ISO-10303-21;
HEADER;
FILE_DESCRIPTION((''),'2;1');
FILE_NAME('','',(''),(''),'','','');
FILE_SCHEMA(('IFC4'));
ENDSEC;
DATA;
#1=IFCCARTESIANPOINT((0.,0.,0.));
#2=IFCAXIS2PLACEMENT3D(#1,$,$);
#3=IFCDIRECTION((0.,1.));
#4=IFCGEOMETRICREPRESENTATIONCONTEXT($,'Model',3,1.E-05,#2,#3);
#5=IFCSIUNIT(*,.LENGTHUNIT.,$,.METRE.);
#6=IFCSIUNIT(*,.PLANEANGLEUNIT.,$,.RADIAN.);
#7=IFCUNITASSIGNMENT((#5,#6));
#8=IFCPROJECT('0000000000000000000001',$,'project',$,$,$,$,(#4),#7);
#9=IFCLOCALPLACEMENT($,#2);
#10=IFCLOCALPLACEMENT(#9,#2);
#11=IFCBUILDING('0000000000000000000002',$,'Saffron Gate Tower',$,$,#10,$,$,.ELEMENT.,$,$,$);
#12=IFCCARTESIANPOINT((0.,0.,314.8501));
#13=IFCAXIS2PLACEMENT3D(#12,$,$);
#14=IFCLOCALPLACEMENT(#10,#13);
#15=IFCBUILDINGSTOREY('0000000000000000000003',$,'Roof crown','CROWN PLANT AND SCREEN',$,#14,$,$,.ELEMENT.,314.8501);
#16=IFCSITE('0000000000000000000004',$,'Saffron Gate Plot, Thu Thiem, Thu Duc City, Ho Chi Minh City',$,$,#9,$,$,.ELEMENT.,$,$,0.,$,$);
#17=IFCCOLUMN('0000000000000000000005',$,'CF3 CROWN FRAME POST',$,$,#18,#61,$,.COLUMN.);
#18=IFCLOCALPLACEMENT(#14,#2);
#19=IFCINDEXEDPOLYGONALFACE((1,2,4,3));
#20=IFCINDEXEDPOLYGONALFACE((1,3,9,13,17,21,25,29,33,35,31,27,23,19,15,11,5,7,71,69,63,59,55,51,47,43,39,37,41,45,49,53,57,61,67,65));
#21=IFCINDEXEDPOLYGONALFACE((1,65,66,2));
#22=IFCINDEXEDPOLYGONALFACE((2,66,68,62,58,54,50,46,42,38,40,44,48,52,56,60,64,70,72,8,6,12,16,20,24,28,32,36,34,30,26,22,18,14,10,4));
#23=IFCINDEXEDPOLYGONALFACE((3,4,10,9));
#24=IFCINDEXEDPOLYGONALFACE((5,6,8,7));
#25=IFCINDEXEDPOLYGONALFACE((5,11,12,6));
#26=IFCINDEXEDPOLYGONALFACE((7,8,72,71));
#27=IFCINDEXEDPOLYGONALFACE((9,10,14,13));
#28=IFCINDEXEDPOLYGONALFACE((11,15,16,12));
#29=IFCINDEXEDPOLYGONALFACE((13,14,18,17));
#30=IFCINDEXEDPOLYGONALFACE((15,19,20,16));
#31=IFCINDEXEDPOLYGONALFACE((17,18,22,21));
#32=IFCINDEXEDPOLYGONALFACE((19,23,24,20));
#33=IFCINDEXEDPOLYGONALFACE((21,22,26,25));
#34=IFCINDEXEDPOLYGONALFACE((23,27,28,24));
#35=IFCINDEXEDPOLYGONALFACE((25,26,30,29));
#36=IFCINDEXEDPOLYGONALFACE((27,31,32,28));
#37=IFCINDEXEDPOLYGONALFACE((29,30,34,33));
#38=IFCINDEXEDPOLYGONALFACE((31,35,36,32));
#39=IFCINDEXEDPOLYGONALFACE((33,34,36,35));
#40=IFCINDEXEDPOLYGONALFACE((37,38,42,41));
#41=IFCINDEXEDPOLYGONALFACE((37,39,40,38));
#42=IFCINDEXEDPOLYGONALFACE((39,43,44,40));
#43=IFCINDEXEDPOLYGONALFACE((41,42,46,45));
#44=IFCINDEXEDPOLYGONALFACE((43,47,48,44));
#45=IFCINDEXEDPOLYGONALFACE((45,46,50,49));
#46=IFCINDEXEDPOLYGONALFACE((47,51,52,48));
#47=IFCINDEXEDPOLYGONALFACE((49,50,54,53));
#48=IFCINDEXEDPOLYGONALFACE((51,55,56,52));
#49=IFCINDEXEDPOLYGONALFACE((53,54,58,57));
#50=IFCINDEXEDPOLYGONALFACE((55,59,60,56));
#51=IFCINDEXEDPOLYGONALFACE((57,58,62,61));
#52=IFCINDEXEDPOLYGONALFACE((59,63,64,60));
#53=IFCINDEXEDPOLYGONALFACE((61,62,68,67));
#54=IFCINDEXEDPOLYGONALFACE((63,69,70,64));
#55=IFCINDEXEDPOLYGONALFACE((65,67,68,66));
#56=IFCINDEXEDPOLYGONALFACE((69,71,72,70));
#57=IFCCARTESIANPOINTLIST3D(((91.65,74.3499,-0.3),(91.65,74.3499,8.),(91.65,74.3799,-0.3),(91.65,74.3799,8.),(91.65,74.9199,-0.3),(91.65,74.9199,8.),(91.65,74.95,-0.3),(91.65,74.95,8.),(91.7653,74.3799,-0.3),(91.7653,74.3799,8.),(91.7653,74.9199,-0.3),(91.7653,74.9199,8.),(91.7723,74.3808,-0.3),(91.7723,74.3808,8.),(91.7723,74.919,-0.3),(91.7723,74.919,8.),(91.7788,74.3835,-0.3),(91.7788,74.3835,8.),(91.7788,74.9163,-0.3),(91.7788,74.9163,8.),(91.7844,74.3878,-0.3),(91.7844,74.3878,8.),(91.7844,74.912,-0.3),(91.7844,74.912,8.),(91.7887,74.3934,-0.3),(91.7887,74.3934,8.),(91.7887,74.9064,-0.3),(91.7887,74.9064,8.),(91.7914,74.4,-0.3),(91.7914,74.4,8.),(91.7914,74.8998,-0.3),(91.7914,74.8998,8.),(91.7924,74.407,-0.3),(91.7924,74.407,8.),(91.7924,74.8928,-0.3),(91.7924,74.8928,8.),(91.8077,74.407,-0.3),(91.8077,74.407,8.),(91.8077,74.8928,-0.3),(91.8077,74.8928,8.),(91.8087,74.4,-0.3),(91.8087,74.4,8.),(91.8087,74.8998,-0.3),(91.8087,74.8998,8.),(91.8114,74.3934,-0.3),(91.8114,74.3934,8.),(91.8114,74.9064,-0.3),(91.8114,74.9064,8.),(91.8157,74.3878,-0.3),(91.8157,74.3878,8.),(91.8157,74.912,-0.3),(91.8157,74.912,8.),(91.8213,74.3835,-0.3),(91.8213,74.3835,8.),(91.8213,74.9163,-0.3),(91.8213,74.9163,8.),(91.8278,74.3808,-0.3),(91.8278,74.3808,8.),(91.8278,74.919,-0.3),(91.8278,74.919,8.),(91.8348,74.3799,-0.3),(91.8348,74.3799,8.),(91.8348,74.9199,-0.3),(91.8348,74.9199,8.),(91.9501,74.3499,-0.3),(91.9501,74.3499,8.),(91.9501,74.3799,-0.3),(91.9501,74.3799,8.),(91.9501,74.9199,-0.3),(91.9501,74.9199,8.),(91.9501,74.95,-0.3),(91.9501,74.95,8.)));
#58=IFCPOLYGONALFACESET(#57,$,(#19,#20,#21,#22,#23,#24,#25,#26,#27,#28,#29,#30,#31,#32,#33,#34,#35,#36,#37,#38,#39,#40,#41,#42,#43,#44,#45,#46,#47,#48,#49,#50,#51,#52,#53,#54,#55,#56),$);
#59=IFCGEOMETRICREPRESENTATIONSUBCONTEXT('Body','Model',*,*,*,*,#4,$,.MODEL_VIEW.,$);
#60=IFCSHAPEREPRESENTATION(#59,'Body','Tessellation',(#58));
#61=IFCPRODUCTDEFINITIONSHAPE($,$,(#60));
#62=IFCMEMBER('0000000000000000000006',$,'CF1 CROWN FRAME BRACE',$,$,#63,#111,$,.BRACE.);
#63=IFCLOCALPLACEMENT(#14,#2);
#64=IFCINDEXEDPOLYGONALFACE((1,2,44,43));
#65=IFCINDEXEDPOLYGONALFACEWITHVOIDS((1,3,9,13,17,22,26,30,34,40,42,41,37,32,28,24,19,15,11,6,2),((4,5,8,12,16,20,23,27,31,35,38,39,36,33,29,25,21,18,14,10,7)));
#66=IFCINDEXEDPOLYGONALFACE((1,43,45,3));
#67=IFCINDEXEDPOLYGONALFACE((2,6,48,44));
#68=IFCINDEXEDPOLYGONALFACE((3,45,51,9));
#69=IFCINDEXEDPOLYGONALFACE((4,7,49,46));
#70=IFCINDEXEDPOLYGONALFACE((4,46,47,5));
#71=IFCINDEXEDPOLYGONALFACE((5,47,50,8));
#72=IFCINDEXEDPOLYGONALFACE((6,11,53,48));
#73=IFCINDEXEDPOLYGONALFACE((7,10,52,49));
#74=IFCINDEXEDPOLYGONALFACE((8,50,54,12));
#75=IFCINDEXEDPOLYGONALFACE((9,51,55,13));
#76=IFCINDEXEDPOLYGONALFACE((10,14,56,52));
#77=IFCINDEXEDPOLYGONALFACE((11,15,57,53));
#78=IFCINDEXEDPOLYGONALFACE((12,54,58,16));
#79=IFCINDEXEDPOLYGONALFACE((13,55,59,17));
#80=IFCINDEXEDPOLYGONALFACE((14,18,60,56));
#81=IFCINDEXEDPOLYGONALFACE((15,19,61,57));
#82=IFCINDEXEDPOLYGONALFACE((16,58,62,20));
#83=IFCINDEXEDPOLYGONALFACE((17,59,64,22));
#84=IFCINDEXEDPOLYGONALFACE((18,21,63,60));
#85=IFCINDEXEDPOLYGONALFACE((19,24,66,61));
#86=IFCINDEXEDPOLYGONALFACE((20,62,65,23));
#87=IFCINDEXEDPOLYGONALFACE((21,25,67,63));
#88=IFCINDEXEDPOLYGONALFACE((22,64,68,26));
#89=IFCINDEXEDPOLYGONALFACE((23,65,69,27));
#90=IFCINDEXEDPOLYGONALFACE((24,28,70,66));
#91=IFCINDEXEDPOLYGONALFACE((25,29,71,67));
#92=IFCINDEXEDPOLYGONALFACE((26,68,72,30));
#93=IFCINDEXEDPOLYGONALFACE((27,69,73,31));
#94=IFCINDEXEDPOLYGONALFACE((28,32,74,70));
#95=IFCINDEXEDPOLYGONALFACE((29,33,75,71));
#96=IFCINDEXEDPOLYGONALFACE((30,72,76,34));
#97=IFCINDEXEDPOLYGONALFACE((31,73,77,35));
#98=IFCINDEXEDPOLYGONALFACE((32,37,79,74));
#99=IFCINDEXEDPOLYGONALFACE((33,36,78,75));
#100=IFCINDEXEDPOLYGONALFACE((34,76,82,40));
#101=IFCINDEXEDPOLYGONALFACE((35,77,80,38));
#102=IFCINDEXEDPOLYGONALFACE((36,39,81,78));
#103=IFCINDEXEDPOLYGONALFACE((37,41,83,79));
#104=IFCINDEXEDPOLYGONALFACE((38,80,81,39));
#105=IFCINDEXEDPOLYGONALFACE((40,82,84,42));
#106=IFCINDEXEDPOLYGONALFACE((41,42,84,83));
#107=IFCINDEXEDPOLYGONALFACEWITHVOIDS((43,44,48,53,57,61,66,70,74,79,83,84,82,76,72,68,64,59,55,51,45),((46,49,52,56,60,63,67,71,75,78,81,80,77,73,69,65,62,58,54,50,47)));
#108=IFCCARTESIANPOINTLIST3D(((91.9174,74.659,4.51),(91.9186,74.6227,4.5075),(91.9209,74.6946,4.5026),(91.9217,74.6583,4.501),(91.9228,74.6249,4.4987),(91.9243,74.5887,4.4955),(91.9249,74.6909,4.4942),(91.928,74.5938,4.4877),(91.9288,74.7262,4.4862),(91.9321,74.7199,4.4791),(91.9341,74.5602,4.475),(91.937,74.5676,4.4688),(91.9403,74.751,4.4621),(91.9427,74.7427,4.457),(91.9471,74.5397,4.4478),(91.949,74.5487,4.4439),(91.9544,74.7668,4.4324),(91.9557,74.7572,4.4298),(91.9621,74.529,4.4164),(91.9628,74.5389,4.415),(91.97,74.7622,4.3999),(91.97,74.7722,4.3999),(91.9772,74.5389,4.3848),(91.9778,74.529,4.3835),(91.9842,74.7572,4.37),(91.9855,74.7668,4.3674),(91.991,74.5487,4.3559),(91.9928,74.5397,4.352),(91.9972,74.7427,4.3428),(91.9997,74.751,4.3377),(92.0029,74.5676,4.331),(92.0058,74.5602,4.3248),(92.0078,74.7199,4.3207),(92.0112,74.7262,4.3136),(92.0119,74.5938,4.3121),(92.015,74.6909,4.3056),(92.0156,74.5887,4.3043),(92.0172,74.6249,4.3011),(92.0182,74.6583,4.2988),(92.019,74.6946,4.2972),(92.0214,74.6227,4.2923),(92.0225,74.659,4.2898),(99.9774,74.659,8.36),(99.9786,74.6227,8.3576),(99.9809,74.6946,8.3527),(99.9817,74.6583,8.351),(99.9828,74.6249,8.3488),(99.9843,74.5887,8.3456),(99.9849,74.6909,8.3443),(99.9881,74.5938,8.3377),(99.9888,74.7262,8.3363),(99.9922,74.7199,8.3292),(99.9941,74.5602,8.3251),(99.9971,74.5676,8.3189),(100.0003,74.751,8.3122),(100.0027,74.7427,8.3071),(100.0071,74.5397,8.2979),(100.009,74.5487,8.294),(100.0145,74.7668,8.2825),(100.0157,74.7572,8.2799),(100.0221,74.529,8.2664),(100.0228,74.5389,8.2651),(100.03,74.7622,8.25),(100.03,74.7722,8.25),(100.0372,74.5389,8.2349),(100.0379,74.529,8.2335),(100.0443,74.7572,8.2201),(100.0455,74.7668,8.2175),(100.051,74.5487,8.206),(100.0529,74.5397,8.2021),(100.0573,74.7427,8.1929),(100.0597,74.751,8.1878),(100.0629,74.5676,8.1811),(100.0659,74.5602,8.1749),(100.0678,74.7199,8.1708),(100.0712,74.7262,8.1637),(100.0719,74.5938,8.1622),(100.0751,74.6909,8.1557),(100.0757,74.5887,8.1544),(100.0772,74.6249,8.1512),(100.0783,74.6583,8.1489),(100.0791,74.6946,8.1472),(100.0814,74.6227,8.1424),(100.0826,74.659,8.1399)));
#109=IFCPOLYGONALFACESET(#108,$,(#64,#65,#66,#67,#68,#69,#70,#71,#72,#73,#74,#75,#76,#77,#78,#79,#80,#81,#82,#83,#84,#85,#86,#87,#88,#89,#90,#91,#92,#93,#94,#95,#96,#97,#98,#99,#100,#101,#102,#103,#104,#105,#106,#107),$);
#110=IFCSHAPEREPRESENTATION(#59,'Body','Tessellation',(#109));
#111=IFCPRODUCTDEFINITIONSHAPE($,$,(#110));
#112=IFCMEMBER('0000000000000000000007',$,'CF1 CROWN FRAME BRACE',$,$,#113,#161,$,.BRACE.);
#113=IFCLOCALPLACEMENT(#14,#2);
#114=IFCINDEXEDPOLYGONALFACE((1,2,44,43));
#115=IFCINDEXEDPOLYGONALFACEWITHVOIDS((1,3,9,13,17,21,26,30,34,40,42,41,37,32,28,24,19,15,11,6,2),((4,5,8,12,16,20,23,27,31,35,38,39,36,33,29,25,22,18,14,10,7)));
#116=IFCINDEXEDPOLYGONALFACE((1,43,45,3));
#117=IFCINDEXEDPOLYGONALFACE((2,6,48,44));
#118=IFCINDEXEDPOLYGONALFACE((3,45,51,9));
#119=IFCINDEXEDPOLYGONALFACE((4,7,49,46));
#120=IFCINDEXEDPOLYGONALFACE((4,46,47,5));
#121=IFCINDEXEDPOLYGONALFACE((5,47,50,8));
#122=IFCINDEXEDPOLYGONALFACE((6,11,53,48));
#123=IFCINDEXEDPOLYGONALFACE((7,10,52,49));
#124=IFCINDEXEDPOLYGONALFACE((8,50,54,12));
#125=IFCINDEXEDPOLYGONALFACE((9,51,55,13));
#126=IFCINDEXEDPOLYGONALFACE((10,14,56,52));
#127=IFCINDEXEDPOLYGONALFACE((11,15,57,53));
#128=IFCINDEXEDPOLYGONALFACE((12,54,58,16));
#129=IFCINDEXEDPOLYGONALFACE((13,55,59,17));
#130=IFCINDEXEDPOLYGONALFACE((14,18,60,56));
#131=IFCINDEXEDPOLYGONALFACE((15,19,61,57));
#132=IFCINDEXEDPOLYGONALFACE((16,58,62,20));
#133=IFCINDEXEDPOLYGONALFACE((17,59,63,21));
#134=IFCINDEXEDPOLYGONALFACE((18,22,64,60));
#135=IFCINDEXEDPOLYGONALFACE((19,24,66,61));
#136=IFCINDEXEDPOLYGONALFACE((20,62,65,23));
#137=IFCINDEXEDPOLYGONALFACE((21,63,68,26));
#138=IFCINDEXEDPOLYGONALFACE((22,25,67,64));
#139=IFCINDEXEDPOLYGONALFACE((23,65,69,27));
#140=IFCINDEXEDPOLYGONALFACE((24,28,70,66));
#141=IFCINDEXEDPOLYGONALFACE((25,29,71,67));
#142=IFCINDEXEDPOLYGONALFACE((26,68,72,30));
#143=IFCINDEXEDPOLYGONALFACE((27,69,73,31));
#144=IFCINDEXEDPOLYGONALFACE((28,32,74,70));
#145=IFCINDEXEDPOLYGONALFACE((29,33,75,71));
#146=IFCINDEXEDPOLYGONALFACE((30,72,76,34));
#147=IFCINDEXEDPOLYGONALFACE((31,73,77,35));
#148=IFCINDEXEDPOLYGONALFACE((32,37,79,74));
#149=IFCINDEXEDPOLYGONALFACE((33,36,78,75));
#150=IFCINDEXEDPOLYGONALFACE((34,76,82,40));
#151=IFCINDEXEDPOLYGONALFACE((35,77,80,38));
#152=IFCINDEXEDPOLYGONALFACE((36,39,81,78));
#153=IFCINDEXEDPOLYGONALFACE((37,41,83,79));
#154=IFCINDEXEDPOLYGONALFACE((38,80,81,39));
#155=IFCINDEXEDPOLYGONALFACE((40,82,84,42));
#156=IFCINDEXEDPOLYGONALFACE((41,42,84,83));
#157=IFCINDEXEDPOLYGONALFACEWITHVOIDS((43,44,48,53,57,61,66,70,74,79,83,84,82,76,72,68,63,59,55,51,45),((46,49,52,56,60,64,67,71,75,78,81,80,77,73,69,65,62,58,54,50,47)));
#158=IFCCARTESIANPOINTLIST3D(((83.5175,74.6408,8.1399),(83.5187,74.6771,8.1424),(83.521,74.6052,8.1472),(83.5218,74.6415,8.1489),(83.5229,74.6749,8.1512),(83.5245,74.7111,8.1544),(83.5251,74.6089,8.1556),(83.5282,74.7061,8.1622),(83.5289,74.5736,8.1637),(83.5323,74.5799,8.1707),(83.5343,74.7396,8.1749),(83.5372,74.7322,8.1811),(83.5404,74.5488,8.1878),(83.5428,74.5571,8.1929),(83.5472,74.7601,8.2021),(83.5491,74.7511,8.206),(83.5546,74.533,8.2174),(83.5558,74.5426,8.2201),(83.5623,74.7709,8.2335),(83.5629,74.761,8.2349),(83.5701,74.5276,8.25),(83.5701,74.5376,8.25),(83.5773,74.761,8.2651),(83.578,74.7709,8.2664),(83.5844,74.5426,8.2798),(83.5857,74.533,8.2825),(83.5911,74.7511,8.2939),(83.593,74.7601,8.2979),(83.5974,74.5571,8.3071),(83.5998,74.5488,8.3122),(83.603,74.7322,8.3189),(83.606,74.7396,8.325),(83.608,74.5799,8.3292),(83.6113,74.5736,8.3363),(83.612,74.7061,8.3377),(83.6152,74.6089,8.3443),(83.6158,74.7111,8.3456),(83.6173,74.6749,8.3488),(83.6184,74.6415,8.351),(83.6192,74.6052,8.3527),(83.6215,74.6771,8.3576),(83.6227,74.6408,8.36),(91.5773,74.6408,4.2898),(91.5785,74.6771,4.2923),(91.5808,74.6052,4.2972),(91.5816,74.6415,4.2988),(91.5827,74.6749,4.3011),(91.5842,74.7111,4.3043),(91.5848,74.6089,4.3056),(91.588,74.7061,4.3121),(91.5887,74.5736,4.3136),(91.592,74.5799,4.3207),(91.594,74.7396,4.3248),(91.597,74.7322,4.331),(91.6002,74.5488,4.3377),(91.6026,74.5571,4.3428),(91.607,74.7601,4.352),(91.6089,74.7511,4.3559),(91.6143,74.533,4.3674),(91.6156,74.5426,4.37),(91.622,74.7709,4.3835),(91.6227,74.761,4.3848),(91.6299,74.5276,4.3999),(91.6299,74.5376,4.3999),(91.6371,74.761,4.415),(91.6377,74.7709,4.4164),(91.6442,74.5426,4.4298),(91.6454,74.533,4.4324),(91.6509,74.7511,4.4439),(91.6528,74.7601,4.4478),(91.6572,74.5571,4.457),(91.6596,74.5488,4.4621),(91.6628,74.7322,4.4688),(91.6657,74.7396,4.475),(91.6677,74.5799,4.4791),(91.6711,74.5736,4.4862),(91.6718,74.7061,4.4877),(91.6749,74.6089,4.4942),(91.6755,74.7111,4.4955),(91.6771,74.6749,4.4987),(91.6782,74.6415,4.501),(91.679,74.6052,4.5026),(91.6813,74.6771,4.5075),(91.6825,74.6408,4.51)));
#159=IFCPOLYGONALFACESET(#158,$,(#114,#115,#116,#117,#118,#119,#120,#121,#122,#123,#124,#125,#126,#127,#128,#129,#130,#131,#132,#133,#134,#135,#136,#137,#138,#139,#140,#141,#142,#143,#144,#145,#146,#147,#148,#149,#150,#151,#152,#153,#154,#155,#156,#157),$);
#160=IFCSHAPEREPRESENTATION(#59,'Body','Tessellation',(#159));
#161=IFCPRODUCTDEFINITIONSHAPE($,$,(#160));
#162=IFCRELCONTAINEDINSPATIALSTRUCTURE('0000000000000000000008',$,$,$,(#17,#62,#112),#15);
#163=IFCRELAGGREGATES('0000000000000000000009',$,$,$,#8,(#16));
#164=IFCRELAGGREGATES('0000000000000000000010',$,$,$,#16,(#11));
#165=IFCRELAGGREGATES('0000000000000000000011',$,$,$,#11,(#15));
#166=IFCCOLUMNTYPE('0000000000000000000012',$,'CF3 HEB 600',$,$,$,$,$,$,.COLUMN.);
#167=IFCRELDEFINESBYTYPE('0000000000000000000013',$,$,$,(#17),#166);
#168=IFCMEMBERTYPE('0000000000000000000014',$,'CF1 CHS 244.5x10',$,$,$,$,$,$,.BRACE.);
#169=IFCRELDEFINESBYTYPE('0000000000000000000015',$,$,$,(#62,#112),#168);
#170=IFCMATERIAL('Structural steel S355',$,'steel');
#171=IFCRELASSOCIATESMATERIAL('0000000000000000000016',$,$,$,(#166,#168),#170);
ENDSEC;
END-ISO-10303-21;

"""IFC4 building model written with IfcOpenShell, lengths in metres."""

from ifc_helpers import new_model, si_unit, direction, frame, origin, origin_2d, place, context, subcontext, project, spatial, hollow_circle, i_section, extrude, material, material_profile, profile_set, type_object, element, save


model = new_model("IFC4")

# Units and contexts
model_context = context("Model", 3, precision=1e-05, world=origin(), true_north=direction((0.0, 1.0)))
body_context = subcontext(model_context, "Body", "Model", "MODEL_VIEW")
ifc_project = project(units=[si_unit("LENGTHUNIT", "METRE"), si_unit("PLANEANGLEUNIT", "RADIAN")], contexts=[model_context])

# Site, building, storey
site_placement = place(None, origin())
site = spatial("IfcSite", under=ifc_project, at=site_placement, Name="Saffron Gate Plot, Thu Thiem, Thu Duc City, Ho Chi Minh City", CompositionType="ELEMENT", RefElevation=0.0)
building_placement = place(site_placement, origin())
building = spatial("IfcBuilding", under=site, at=building_placement, Name="Saffron Gate Tower", CompositionType="ELEMENT")
storey_placement = place(building_placement, frame((0.0, 0.0, 314.8501)))
storey = spatial("IfcBuildingStorey", under=building, at=storey_placement, Name="Roof crown", Description="CROWN PLANT AND SCREEN", CompositionType="ELEMENT", Elevation=314.8501)

# Column
ifc_material_1 = material(Name="Structural steel S355", Category="steel")
ifc_material_profile_1 = material_profile(ifc_material_1, i_section(OverallWidth=0.3, OverallDepth=0.6001, WebThickness=0.0154, FlangeThickness=0.03, FilletRadius=0.0271, at=origin_2d()))
ifc_profile_set_1 = profile_set([ifc_material_profile_1], Name="Structural steel S355")
column_type = type_object("IfcColumnType", Name="CF3 HEB 600", PredefinedType="COLUMN", material=ifc_profile_set_1)
column_placement = place(storey_placement, frame((91.8, 74.6499, -0.3), z_axis=(0.0, 0.0, 1.0), x_axis=(1.0, 0.0, 0.0)))
element("IfcColumn", 1, at=column_placement, inside=storey, type_object=column_type, Name="CF3 CROWN FRAME POST", PredefinedType="COLUMN", context=body_context, shape_type="SweptSolid", body=[
    extrude(i_section(OverallWidth=0.3, OverallDepth=0.6001, WebThickness=0.0154, FlangeThickness=0.03, FilletRadius=0.0271, at=origin_2d()), origin(), (0.0, 0.0, 1.0), 8.3),
])

# Members
ifc_material_profile_2 = material_profile(ifc_material_1, hollow_circle(Radius=0.1223, WallThickness=0.01, at=origin_2d()))
ifc_profile_set_2 = profile_set([ifc_material_profile_2], Name="Structural steel S355")
member_type_1 = type_object("IfcMemberType", Name="CF1 CHS 244.5x10", PredefinedType="BRACE", material=ifc_profile_set_2)
member_1_placement = place(storey_placement, frame((91.97, 74.6499, 4.3999), z_axis=(0.902339, 0.0, 0.431026), x_axis=(0.0, 1.0, 0.0)))
element("IfcMember", 2, at=member_1_placement, inside=storey, type_object=member_type_1, Name="CF1 CROWN FRAME BRACE", PredefinedType="BRACE", context=body_context, shape_type="SweptSolid", body=[
    extrude(hollow_circle(Radius=0.1223, WallThickness=0.01, at=origin_2d()), origin(), (0.0, 0.0, 1.0), 8.9324),
])
member_2_placement = place(storey_placement, frame((91.6299, 74.6499, 4.3999), z_axis=(-0.902334, 0.0, 0.431037), x_axis=(0.0, -1.0, 0.0)))
element("IfcMember", 3, at=member_2_placement, inside=storey, type_object=member_type_1, Name="CF1 CROWN FRAME BRACE", PredefinedType="BRACE", context=body_context, shape_type="SweptSolid", body=[
    extrude(hollow_circle(Radius=0.1223, WallThickness=0.01, at=origin_2d()), origin(), (0.0, 0.0, 1.0), 8.9321),
])

save(model, "model.ifc")
